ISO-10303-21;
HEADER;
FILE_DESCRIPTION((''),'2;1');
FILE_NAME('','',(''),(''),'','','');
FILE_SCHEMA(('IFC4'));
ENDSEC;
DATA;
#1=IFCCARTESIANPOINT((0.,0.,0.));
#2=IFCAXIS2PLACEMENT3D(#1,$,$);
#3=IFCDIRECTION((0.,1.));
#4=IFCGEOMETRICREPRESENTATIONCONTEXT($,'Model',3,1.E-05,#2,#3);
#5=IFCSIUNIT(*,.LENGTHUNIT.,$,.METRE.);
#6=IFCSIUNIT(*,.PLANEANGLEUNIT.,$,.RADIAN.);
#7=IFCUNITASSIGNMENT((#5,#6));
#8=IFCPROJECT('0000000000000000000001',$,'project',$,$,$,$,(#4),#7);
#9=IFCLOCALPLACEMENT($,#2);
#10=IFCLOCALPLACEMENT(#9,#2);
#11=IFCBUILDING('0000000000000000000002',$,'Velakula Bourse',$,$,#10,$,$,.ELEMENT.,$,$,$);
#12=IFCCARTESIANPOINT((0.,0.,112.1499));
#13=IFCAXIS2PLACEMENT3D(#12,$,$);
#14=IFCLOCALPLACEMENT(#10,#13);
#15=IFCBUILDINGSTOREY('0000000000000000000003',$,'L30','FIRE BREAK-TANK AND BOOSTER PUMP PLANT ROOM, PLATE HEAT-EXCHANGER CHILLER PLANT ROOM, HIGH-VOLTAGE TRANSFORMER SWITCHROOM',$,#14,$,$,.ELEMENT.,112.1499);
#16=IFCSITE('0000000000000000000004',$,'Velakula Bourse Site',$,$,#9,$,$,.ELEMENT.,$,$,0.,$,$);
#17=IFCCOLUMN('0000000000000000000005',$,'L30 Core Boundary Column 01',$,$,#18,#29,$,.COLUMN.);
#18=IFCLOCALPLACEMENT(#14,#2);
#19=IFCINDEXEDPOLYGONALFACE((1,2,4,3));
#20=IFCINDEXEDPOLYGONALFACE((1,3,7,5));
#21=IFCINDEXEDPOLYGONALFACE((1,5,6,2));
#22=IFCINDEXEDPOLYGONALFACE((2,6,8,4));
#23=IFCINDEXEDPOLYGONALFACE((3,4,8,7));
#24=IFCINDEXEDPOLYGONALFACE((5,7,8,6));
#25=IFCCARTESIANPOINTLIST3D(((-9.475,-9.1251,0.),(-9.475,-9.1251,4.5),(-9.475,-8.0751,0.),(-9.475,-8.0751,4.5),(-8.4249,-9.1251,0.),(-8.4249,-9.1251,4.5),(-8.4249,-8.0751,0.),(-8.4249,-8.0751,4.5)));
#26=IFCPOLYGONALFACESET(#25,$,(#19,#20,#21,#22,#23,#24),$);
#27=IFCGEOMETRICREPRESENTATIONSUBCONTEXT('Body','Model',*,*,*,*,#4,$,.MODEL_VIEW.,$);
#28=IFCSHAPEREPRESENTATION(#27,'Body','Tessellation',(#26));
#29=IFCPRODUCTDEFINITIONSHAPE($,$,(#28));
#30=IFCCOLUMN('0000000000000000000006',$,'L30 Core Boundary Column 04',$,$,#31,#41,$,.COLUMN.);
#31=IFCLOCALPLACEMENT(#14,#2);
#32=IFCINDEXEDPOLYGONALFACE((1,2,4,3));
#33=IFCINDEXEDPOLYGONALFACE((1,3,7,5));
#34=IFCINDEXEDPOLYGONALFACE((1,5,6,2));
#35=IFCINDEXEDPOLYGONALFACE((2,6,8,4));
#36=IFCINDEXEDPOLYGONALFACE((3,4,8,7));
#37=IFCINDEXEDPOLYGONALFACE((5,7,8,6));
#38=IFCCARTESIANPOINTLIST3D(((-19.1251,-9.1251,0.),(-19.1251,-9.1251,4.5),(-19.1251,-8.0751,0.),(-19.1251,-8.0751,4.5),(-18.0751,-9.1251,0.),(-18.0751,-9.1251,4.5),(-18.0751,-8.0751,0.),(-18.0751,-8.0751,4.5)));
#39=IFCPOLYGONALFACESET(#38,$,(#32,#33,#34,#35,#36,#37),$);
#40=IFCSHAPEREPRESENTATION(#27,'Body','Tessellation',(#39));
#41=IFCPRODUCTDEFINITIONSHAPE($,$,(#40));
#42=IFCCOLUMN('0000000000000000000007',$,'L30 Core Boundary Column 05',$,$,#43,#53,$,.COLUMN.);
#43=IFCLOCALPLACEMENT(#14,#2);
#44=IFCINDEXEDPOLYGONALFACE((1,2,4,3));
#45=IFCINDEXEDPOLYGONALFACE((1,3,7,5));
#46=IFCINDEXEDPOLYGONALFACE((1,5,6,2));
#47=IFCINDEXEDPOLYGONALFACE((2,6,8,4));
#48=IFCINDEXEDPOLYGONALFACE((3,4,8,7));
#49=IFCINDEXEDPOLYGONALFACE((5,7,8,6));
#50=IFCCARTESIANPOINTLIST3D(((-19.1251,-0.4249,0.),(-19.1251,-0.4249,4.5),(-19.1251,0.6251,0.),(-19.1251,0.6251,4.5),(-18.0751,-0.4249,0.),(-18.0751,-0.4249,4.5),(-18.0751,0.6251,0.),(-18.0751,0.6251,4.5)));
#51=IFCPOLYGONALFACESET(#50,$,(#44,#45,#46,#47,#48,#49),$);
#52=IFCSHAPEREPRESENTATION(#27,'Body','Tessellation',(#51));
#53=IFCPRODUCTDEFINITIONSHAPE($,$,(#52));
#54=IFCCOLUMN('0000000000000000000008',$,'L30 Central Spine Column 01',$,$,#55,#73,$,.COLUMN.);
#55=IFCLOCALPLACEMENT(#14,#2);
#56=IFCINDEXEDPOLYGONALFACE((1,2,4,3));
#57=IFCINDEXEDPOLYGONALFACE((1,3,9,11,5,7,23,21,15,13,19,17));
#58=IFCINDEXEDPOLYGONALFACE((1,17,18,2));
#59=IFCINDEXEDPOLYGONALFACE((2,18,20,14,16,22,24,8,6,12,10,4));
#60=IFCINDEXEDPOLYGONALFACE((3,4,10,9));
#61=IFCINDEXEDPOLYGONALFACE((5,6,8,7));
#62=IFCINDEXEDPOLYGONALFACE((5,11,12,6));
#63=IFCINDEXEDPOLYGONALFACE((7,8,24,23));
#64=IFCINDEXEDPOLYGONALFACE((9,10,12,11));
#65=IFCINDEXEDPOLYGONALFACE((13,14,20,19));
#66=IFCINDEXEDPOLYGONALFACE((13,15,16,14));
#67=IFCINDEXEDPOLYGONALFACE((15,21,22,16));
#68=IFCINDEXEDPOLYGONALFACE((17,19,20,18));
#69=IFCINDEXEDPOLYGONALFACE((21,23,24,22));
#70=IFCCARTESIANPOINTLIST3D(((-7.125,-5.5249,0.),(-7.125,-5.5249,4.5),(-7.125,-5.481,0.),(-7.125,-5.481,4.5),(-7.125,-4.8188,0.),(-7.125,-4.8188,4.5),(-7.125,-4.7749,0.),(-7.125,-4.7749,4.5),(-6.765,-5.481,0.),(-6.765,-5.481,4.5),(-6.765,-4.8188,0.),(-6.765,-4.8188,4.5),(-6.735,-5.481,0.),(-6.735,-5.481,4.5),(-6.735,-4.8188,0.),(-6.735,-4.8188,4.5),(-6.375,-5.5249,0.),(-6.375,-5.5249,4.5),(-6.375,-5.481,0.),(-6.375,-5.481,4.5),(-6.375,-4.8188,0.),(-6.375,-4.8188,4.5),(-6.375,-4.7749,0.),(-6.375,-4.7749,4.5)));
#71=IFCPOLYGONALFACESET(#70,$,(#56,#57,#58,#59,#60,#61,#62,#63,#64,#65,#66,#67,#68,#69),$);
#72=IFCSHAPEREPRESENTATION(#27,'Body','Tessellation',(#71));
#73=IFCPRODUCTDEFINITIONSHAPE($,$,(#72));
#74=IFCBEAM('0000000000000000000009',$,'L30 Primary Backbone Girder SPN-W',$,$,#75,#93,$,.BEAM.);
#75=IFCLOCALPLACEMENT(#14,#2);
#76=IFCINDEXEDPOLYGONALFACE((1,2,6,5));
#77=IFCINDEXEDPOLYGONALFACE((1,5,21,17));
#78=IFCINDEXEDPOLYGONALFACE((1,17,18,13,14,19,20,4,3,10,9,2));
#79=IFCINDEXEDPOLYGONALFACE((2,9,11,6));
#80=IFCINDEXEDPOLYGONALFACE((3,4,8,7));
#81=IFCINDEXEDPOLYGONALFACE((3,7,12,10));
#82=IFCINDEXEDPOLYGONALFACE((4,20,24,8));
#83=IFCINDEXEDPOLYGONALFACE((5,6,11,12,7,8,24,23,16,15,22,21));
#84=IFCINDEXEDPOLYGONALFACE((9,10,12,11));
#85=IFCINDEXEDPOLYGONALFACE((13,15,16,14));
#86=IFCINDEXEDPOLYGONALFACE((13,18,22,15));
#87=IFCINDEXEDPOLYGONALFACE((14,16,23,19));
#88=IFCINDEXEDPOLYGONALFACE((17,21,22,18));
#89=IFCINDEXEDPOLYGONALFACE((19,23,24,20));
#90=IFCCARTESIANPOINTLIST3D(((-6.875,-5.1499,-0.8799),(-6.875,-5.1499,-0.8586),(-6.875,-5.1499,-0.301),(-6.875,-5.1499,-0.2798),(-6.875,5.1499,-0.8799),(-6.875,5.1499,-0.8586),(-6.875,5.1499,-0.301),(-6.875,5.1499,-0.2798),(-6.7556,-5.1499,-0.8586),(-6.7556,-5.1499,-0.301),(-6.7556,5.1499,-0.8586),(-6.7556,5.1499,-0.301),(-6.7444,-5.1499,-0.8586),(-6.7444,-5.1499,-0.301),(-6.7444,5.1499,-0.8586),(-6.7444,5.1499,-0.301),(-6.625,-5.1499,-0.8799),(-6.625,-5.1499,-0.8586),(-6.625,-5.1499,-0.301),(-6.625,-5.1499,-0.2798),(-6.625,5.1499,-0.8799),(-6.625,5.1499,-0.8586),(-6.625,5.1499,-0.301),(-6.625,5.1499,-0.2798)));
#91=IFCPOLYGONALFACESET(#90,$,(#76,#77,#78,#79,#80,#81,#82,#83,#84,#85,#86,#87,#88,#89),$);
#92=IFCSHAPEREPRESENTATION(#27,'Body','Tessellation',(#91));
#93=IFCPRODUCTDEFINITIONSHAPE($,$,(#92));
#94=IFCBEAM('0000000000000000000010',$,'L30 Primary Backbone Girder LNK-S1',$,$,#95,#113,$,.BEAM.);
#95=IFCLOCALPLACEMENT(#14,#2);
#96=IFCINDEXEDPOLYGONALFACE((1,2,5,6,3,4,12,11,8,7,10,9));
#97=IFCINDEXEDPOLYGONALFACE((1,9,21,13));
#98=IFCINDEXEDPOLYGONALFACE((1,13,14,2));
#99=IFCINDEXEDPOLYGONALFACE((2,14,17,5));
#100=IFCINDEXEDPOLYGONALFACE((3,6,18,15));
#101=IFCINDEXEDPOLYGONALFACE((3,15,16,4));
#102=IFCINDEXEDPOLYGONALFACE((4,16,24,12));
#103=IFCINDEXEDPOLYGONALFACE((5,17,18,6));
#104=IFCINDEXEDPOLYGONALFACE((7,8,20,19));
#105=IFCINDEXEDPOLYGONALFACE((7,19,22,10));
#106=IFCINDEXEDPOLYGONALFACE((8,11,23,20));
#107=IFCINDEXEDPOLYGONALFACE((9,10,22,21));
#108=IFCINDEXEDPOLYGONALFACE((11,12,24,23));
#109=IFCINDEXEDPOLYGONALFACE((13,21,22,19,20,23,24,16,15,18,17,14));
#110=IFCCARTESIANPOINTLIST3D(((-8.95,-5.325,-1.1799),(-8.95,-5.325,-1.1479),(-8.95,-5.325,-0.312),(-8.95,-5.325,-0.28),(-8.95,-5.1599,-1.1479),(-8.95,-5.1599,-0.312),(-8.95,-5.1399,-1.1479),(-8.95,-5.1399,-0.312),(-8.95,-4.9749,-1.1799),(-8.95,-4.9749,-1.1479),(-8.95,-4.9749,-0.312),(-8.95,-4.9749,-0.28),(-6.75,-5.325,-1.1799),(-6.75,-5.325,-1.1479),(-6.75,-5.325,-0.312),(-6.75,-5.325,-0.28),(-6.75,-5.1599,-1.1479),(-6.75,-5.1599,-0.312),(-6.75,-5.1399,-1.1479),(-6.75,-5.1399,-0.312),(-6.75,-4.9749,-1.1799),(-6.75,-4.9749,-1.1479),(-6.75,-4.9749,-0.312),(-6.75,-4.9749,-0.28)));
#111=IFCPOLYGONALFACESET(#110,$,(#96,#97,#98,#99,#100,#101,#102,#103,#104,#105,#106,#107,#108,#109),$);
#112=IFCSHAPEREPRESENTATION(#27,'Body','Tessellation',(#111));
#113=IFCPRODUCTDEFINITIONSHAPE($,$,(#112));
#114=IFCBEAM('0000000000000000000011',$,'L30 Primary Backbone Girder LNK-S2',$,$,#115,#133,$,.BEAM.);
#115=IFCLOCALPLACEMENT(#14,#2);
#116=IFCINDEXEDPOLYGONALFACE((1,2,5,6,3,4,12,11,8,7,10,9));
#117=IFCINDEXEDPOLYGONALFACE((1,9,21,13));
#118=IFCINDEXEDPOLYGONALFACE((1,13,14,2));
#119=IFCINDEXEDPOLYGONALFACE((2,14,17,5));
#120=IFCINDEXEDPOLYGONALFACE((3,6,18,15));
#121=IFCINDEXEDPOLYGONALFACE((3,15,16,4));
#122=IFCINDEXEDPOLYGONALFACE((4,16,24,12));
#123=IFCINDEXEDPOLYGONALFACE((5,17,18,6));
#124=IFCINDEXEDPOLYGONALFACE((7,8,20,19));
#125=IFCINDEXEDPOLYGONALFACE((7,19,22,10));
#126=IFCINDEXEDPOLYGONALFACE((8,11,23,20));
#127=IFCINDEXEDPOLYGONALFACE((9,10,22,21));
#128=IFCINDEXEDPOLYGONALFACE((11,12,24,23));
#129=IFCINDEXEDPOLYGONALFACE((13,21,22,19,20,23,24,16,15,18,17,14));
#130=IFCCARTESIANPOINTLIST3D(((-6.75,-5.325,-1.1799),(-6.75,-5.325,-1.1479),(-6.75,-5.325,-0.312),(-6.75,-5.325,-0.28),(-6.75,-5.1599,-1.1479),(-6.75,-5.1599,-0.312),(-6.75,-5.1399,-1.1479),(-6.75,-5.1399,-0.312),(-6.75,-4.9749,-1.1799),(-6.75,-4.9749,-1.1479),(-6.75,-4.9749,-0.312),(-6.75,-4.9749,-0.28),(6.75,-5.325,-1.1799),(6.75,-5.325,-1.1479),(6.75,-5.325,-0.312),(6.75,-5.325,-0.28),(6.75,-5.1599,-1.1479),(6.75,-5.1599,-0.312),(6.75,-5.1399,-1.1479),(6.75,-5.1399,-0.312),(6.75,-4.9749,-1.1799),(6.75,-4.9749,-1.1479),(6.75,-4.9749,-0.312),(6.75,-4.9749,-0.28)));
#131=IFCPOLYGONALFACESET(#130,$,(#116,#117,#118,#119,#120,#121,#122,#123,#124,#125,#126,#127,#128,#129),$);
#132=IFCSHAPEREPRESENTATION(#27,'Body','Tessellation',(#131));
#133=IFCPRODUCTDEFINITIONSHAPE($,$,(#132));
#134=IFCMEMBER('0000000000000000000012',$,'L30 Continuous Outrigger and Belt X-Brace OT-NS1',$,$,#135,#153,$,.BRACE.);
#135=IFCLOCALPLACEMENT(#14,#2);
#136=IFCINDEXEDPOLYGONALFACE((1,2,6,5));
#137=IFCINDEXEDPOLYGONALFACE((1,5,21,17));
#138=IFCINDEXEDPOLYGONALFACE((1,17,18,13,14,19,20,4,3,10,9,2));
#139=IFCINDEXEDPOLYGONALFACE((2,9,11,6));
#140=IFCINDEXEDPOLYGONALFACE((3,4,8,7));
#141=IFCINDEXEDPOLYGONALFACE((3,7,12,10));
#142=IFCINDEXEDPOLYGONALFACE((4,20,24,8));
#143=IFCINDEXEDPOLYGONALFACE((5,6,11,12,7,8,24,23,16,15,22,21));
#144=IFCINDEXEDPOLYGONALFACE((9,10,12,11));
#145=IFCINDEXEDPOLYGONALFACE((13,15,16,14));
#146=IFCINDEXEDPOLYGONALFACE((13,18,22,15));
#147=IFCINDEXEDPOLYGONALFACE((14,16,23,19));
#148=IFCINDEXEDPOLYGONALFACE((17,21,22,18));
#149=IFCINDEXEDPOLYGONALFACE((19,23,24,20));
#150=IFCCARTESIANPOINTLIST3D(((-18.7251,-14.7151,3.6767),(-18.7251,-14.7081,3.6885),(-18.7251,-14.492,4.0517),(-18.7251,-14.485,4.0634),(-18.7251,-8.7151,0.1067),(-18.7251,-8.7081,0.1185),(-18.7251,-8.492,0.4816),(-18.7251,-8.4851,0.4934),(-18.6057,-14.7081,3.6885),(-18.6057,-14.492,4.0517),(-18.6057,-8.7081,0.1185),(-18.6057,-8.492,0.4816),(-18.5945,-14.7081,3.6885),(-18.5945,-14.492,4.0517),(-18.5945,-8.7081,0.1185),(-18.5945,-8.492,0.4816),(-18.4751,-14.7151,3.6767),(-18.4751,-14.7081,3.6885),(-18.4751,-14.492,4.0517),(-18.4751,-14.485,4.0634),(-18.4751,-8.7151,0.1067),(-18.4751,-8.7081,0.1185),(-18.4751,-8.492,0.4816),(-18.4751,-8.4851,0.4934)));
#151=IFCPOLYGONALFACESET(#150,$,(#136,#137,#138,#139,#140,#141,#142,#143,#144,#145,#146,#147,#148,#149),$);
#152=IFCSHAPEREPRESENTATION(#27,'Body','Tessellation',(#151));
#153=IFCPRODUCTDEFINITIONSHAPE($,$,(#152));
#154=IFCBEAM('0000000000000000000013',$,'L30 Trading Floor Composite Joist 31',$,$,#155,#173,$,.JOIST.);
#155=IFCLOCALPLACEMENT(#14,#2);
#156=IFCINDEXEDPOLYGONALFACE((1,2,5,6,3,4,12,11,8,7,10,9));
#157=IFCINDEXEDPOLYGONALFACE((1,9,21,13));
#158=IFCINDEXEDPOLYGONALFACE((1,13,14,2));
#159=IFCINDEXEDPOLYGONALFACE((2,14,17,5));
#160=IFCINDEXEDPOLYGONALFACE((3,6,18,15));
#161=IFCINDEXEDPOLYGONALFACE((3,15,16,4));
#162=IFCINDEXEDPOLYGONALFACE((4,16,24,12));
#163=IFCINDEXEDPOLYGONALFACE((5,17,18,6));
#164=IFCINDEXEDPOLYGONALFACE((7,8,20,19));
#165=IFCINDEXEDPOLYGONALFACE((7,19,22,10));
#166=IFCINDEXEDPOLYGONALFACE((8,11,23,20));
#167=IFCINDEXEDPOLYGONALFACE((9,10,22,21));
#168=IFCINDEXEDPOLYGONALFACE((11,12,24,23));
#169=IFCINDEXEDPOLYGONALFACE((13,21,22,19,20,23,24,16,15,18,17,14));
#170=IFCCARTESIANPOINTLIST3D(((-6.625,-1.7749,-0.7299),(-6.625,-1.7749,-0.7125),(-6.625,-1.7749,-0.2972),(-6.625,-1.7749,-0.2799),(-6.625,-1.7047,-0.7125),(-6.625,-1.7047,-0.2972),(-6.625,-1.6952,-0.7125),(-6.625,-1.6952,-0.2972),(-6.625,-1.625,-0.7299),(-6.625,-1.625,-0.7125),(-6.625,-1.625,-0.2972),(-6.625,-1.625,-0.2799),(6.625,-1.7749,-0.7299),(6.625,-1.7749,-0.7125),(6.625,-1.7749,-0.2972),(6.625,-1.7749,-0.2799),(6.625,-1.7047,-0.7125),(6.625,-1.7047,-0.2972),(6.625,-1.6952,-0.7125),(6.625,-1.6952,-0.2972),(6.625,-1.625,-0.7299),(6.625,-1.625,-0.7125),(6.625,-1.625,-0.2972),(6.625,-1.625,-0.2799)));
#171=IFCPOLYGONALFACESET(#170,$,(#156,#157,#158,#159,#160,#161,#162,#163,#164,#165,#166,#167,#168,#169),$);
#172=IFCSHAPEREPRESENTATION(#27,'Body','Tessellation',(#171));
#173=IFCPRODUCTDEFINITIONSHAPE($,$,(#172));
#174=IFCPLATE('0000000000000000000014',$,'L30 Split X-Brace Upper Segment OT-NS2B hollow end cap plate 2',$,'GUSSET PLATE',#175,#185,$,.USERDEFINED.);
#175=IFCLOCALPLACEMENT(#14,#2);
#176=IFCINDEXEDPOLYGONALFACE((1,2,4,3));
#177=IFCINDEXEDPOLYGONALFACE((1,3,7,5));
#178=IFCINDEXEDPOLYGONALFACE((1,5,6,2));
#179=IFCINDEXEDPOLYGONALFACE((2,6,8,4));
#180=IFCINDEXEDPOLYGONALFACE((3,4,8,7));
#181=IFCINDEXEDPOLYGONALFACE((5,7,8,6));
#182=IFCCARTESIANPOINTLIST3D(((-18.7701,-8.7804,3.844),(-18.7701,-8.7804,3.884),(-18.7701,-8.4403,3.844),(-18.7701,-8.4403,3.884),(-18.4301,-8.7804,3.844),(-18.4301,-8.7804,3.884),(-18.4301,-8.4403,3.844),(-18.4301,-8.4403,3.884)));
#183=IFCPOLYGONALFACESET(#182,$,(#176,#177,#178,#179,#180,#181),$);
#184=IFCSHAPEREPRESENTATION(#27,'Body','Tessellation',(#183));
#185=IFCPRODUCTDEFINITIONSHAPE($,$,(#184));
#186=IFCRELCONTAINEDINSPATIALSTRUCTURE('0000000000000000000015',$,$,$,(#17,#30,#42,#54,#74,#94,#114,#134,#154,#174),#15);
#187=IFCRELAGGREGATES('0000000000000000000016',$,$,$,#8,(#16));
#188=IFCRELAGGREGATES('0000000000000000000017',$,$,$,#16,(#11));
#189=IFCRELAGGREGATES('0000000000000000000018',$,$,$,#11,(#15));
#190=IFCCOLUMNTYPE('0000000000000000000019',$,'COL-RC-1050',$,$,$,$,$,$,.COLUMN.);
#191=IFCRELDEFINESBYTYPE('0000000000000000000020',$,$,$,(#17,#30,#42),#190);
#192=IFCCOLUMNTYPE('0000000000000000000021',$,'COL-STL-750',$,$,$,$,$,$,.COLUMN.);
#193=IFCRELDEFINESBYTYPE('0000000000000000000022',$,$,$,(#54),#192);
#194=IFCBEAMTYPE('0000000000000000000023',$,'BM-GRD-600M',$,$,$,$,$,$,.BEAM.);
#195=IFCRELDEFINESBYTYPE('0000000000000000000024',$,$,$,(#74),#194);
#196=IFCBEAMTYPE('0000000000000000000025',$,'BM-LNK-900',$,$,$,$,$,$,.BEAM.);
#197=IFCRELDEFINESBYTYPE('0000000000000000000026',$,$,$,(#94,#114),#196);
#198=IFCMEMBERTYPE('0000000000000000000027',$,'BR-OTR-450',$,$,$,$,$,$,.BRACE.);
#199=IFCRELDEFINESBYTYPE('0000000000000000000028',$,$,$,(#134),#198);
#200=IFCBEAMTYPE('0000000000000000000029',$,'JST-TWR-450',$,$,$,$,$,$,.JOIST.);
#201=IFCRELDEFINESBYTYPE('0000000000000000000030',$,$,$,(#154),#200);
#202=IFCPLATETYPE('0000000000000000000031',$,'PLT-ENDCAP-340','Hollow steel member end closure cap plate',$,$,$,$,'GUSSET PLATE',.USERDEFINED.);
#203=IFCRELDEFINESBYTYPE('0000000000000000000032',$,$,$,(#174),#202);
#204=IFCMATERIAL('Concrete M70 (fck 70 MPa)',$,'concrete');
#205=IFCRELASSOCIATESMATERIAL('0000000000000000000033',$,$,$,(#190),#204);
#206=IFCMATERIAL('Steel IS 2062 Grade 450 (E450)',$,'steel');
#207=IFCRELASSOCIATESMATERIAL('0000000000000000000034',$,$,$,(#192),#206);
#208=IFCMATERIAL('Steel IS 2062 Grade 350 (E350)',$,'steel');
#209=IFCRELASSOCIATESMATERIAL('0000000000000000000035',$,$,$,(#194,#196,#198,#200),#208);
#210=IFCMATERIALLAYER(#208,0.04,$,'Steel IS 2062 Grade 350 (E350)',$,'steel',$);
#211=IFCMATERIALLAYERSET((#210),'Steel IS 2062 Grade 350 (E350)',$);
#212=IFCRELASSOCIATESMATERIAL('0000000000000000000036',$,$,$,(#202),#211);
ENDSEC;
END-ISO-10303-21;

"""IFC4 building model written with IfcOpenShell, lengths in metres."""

from ifc_helpers import new_model, si_unit, direction, frame, origin, origin_2d, place, context, subcontext, project, spatial, rectangle, i_section, extrude, material, layer, layer_set, material_profile, profile_set, type_object, element, save


model = new_model("IFC4")

# Units and contexts
model_context = context("Model", 3, precision=1e-05, world=origin(), true_north=direction((0.0, 1.0)))
body_context = subcontext(model_context, "Body", "Model", "MODEL_VIEW")
ifc_project = project(units=[si_unit("LENGTHUNIT", "METRE"), si_unit("PLANEANGLEUNIT", "RADIAN")], contexts=[model_context])

# Site, building, storey
site_placement = place(None, origin())
site = spatial("IfcSite", under=ifc_project, at=site_placement, Name="Velakula Bourse Site", CompositionType="ELEMENT", RefElevation=0.0)
building_placement = place(site_placement, origin())
building = spatial("IfcBuilding", under=site, at=building_placement, Name="Velakula Bourse", CompositionType="ELEMENT")
storey_placement = place(building_placement, frame((0.0, 0.0, 112.1499)))
storey = spatial("IfcBuildingStorey", under=building, at=storey_placement, Name="L30", Description="FIRE BREAK-TANK AND BOOSTER PUMP PLANT ROOM, PLATE HEAT-EXCHANGER CHILLER PLANT ROOM, HIGH-VOLTAGE TRANSFORMER SWITCHROOM", CompositionType="ELEMENT", Elevation=112.1499)

# Columns
ifc_material_1 = material(Name="Concrete M70 (fck 70 MPa)", Category="concrete")
ifc_material_profile_1 = material_profile(ifc_material_1, rectangle(XDim=1.05, YDim=1.05, at=origin_2d()), Name="Concrete M70 (fck 70 MPa)")
ifc_profile_set_1 = profile_set([ifc_material_profile_1], Name="Concrete M70 (fck 70 MPa)")
column_type_1 = type_object("IfcColumnType", Name="COL-RC-1050", PredefinedType="COLUMN", material=ifc_profile_set_1)
for number, where, z_axis, x_axis, name in (
    (1, (-8.95, -8.6001, 0.0), (0.0, 0.0, 1.0), (1.0, 0.0, 0.0), "L30 Core Boundary Column 01"),
    (2, (-18.6001, -8.6001, 0.0), (0.0, 0.0, 1.0), (1.0, 0.0, 0.0), "L30 Core Boundary Column 04"),
    (3, (-18.6001, 0.1001, 0.0), (0.0, 0.0, 1.0), (1.0, 0.0, 0.0), "L30 Core Boundary Column 05"),
):
    element("IfcColumn", number, at=place(storey_placement, frame(where, z_axis=z_axis, x_axis=x_axis)), inside=storey, type_object=column_type_1, Name=name, PredefinedType="COLUMN", context=body_context, shape_type="SweptSolid", body=[
        extrude(rectangle(XDim=1.05, YDim=1.05, at=origin_2d()), origin(), (0.0, 0.0, 1.0), 4.5),
    ])
ifc_material_2 = material(Name="Steel IS 2062 Grade 450 (E450)", Category="steel")
ifc_material_profile_2 = material_profile(ifc_material_2, i_section(OverallWidth=0.75, OverallDepth=0.75, WebThickness=0.03, FlangeThickness=0.0439, at=origin_2d()), Name="Steel IS 2062 Grade 450 (E450)")
ifc_profile_set_2 = profile_set([ifc_material_profile_2], Name="Steel IS 2062 Grade 450 (E450)")
column_type_2 = type_object("IfcColumnType", Name="COL-STL-750", PredefinedType="COLUMN", material=ifc_profile_set_2)
column_placement = place(storey_placement, frame((-6.75, -5.1499, 0.0), z_axis=(0.0, 0.0, 1.0), x_axis=(1.0, 0.0, 0.0)))
element("IfcColumn", 4, at=column_placement, inside=storey, type_object=column_type_2, Name="L30 Central Spine Column 01", PredefinedType="COLUMN", context=body_context, shape_type="SweptSolid", body=[
    extrude(i_section(OverallWidth=0.75, OverallDepth=0.75, WebThickness=0.03, FlangeThickness=0.0439, at=origin_2d()), origin(), (0.0, 0.0, 1.0), 4.5),
])

# Beams
ifc_material_3 = material(Name="Steel IS 2062 Grade 350 (E350)", Category="steel")
ifc_material_profile_3 = material_profile(ifc_material_3, i_section(OverallWidth=0.25, OverallDepth=0.6001, WebThickness=0.0112, FlangeThickness=0.0212, at=origin_2d()), Name="Steel IS 2062 Grade 350 (E350)")
ifc_profile_set_3 = profile_set([ifc_material_profile_3], Name="Steel IS 2062 Grade 350 (E350)")
beam_type_1 = type_object("IfcBeamType", Name="BM-GRD-600M", PredefinedType="BEAM", material=ifc_profile_set_3)
beam_1_placement = place(storey_placement, frame((-6.75, -5.1499, -0.5798), z_axis=(0.0, 1.0, 0.0), x_axis=(-1.0, 0.0, 0.0)))
element("IfcBeam", 5, at=beam_1_placement, inside=storey, type_object=beam_type_1, Name="L30 Primary Backbone Girder SPN-W", PredefinedType="BEAM", context=body_context, shape_type="SweptSolid", body=[
    extrude(i_section(OverallWidth=0.25, OverallDepth=0.6001, WebThickness=0.0112, FlangeThickness=0.0212, at=origin_2d()), origin(), (0.0, 0.0, 1.0), 10.2998),
])
ifc_material_profile_4 = material_profile(ifc_material_3, i_section(OverallWidth=0.3501, OverallDepth=0.8999, WebThickness=0.02, FlangeThickness=0.032, at=origin_2d()), Name="Steel IS 2062 Grade 350 (E350)")
ifc_profile_set_4 = profile_set([ifc_material_profile_4], Name="Steel IS 2062 Grade 350 (E350)")
beam_type_2 = type_object("IfcBeamType", Name="BM-LNK-900", PredefinedType="BEAM", material=ifc_profile_set_4)
beam_2_placement = place(storey_placement, frame((-8.95, -5.1499, -0.73), z_axis=(1.0, 0.0, 0.0), x_axis=(0.0, 1.0, 0.0)))
element("IfcBeam", 6, at=beam_2_placement, inside=storey, type_object=beam_type_2, Name="L30 Primary Backbone Girder LNK-S1", PredefinedType="BEAM", context=body_context, shape_type="SweptSolid", body=[
    extrude(i_section(OverallWidth=0.3501, OverallDepth=0.8999, WebThickness=0.02, FlangeThickness=0.032, at=origin_2d()), origin(), (0.0, 0.0, 1.0), 2.2),
])
beam_3_placement = place(storey_placement, frame((-6.75, -5.1499, -0.73), z_axis=(1.0, 0.0, 0.0), x_axis=(0.0, 1.0, 0.0)))
element("IfcBeam", 7, at=beam_3_placement, inside=storey, type_object=beam_type_2, Name="L30 Primary Backbone Girder LNK-S2", PredefinedType="BEAM", context=body_context, shape_type="SweptSolid", body=[
    extrude(i_section(OverallWidth=0.3501, OverallDepth=0.8999, WebThickness=0.02, FlangeThickness=0.032, at=origin_2d()), origin(), (0.0, 0.0, 1.0), 13.5),
])

# Member
ifc_material_profile_5 = material_profile(ifc_material_3, i_section(OverallWidth=0.25, OverallDepth=0.45, WebThickness=0.0112, FlangeThickness=0.0137, at=origin_2d()), Name="Steel IS 2062 Grade 350 (E350)")
ifc_profile_set_5 = profile_set([ifc_material_profile_5], Name="Steel IS 2062 Grade 350 (E350)")
member_type = type_object("IfcMemberType", Name="BR-OTR-450", PredefinedType="BRACE", material=ifc_profile_set_5)
member_placement = place(storey_placement, frame((-18.6001, -8.6001, 0.3), z_axis=(0.0, -0.859378, 0.51134), x_axis=(1.0, 0.0, 0.0)))
element("IfcMember", 8, at=member_placement, inside=storey, type_object=member_type, Name="L30 Continuous Outrigger and Belt X-Brace OT-NS1", PredefinedType="BRACE", context=body_context, shape_type="SweptSolid", body=[
    extrude(i_section(OverallWidth=0.25, OverallDepth=0.45, WebThickness=0.0112, FlangeThickness=0.0137, at=origin_2d()), origin(), (0.0, 0.0, 1.0), 6.9817),
])

# Beam
ifc_material_profile_6 = material_profile(ifc_material_3, i_section(OverallWidth=0.1499, OverallDepth=0.45, WebThickness=0.0095, FlangeThickness=0.0173, at=origin_2d()), Name="Steel IS 2062 Grade 350 (E350)")
ifc_profile_set_6 = profile_set([ifc_material_profile_6], Name="Steel IS 2062 Grade 350 (E350)")
beam_type_3 = type_object("IfcBeamType", Name="JST-TWR-450", PredefinedType="JOIST", material=ifc_profile_set_6)
beam_4_placement = place(storey_placement, frame((-6.625, -1.7, -0.5049), z_axis=(1.0, 0.0, 0.0), x_axis=(0.0, 1.0, 0.0)))
element("IfcBeam", 9, at=beam_4_placement, inside=storey, type_object=beam_type_3, Name="L30 Trading Floor Composite Joist 31", PredefinedType="JOIST", context=body_context, shape_type="SweptSolid", body=[
    extrude(i_section(OverallWidth=0.1499, OverallDepth=0.45, WebThickness=0.0095, FlangeThickness=0.0173, at=origin_2d()), origin(), (0.0, 0.0, 1.0), 13.25),
])

# Plate
ifc_layer_1 = layer(ifc_material_3, 0.04, Name="Steel IS 2062 Grade 350 (E350)", Category="steel")
ifc_layer_set_1 = layer_set([ifc_layer_1], Name="Steel IS 2062 Grade 350 (E350)")
plate_type_1 = type_object("IfcPlateType", Name="PLT-ENDCAP-340", Description="Hollow steel member end closure cap plate", ElementType="GUSSET PLATE", PredefinedType="USERDEFINED", material=ifc_layer_set_1)
plate_1_placement = place(storey_placement, frame((-18.6001, -8.6104, 3.844), z_axis=(0.0, 0.0, 1.0), x_axis=(0.0, 1.0, 0.0)))
element("IfcPlate", 10, at=plate_1_placement, inside=storey, type_object=plate_type_1, Name="L30 Split X-Brace Upper Segment OT-NS2B hollow end cap plate 2", ObjectType="GUSSET PLATE", PredefinedType="USERDEFINED", context=body_context, shape_type="SweptSolid", body=[
    extrude(rectangle(XDim=0.3401, YDim=0.3401, at=origin_2d()), origin(), (0.0, 0.0, 1.0), 0.04),
])

save(model, "model.ifc")
